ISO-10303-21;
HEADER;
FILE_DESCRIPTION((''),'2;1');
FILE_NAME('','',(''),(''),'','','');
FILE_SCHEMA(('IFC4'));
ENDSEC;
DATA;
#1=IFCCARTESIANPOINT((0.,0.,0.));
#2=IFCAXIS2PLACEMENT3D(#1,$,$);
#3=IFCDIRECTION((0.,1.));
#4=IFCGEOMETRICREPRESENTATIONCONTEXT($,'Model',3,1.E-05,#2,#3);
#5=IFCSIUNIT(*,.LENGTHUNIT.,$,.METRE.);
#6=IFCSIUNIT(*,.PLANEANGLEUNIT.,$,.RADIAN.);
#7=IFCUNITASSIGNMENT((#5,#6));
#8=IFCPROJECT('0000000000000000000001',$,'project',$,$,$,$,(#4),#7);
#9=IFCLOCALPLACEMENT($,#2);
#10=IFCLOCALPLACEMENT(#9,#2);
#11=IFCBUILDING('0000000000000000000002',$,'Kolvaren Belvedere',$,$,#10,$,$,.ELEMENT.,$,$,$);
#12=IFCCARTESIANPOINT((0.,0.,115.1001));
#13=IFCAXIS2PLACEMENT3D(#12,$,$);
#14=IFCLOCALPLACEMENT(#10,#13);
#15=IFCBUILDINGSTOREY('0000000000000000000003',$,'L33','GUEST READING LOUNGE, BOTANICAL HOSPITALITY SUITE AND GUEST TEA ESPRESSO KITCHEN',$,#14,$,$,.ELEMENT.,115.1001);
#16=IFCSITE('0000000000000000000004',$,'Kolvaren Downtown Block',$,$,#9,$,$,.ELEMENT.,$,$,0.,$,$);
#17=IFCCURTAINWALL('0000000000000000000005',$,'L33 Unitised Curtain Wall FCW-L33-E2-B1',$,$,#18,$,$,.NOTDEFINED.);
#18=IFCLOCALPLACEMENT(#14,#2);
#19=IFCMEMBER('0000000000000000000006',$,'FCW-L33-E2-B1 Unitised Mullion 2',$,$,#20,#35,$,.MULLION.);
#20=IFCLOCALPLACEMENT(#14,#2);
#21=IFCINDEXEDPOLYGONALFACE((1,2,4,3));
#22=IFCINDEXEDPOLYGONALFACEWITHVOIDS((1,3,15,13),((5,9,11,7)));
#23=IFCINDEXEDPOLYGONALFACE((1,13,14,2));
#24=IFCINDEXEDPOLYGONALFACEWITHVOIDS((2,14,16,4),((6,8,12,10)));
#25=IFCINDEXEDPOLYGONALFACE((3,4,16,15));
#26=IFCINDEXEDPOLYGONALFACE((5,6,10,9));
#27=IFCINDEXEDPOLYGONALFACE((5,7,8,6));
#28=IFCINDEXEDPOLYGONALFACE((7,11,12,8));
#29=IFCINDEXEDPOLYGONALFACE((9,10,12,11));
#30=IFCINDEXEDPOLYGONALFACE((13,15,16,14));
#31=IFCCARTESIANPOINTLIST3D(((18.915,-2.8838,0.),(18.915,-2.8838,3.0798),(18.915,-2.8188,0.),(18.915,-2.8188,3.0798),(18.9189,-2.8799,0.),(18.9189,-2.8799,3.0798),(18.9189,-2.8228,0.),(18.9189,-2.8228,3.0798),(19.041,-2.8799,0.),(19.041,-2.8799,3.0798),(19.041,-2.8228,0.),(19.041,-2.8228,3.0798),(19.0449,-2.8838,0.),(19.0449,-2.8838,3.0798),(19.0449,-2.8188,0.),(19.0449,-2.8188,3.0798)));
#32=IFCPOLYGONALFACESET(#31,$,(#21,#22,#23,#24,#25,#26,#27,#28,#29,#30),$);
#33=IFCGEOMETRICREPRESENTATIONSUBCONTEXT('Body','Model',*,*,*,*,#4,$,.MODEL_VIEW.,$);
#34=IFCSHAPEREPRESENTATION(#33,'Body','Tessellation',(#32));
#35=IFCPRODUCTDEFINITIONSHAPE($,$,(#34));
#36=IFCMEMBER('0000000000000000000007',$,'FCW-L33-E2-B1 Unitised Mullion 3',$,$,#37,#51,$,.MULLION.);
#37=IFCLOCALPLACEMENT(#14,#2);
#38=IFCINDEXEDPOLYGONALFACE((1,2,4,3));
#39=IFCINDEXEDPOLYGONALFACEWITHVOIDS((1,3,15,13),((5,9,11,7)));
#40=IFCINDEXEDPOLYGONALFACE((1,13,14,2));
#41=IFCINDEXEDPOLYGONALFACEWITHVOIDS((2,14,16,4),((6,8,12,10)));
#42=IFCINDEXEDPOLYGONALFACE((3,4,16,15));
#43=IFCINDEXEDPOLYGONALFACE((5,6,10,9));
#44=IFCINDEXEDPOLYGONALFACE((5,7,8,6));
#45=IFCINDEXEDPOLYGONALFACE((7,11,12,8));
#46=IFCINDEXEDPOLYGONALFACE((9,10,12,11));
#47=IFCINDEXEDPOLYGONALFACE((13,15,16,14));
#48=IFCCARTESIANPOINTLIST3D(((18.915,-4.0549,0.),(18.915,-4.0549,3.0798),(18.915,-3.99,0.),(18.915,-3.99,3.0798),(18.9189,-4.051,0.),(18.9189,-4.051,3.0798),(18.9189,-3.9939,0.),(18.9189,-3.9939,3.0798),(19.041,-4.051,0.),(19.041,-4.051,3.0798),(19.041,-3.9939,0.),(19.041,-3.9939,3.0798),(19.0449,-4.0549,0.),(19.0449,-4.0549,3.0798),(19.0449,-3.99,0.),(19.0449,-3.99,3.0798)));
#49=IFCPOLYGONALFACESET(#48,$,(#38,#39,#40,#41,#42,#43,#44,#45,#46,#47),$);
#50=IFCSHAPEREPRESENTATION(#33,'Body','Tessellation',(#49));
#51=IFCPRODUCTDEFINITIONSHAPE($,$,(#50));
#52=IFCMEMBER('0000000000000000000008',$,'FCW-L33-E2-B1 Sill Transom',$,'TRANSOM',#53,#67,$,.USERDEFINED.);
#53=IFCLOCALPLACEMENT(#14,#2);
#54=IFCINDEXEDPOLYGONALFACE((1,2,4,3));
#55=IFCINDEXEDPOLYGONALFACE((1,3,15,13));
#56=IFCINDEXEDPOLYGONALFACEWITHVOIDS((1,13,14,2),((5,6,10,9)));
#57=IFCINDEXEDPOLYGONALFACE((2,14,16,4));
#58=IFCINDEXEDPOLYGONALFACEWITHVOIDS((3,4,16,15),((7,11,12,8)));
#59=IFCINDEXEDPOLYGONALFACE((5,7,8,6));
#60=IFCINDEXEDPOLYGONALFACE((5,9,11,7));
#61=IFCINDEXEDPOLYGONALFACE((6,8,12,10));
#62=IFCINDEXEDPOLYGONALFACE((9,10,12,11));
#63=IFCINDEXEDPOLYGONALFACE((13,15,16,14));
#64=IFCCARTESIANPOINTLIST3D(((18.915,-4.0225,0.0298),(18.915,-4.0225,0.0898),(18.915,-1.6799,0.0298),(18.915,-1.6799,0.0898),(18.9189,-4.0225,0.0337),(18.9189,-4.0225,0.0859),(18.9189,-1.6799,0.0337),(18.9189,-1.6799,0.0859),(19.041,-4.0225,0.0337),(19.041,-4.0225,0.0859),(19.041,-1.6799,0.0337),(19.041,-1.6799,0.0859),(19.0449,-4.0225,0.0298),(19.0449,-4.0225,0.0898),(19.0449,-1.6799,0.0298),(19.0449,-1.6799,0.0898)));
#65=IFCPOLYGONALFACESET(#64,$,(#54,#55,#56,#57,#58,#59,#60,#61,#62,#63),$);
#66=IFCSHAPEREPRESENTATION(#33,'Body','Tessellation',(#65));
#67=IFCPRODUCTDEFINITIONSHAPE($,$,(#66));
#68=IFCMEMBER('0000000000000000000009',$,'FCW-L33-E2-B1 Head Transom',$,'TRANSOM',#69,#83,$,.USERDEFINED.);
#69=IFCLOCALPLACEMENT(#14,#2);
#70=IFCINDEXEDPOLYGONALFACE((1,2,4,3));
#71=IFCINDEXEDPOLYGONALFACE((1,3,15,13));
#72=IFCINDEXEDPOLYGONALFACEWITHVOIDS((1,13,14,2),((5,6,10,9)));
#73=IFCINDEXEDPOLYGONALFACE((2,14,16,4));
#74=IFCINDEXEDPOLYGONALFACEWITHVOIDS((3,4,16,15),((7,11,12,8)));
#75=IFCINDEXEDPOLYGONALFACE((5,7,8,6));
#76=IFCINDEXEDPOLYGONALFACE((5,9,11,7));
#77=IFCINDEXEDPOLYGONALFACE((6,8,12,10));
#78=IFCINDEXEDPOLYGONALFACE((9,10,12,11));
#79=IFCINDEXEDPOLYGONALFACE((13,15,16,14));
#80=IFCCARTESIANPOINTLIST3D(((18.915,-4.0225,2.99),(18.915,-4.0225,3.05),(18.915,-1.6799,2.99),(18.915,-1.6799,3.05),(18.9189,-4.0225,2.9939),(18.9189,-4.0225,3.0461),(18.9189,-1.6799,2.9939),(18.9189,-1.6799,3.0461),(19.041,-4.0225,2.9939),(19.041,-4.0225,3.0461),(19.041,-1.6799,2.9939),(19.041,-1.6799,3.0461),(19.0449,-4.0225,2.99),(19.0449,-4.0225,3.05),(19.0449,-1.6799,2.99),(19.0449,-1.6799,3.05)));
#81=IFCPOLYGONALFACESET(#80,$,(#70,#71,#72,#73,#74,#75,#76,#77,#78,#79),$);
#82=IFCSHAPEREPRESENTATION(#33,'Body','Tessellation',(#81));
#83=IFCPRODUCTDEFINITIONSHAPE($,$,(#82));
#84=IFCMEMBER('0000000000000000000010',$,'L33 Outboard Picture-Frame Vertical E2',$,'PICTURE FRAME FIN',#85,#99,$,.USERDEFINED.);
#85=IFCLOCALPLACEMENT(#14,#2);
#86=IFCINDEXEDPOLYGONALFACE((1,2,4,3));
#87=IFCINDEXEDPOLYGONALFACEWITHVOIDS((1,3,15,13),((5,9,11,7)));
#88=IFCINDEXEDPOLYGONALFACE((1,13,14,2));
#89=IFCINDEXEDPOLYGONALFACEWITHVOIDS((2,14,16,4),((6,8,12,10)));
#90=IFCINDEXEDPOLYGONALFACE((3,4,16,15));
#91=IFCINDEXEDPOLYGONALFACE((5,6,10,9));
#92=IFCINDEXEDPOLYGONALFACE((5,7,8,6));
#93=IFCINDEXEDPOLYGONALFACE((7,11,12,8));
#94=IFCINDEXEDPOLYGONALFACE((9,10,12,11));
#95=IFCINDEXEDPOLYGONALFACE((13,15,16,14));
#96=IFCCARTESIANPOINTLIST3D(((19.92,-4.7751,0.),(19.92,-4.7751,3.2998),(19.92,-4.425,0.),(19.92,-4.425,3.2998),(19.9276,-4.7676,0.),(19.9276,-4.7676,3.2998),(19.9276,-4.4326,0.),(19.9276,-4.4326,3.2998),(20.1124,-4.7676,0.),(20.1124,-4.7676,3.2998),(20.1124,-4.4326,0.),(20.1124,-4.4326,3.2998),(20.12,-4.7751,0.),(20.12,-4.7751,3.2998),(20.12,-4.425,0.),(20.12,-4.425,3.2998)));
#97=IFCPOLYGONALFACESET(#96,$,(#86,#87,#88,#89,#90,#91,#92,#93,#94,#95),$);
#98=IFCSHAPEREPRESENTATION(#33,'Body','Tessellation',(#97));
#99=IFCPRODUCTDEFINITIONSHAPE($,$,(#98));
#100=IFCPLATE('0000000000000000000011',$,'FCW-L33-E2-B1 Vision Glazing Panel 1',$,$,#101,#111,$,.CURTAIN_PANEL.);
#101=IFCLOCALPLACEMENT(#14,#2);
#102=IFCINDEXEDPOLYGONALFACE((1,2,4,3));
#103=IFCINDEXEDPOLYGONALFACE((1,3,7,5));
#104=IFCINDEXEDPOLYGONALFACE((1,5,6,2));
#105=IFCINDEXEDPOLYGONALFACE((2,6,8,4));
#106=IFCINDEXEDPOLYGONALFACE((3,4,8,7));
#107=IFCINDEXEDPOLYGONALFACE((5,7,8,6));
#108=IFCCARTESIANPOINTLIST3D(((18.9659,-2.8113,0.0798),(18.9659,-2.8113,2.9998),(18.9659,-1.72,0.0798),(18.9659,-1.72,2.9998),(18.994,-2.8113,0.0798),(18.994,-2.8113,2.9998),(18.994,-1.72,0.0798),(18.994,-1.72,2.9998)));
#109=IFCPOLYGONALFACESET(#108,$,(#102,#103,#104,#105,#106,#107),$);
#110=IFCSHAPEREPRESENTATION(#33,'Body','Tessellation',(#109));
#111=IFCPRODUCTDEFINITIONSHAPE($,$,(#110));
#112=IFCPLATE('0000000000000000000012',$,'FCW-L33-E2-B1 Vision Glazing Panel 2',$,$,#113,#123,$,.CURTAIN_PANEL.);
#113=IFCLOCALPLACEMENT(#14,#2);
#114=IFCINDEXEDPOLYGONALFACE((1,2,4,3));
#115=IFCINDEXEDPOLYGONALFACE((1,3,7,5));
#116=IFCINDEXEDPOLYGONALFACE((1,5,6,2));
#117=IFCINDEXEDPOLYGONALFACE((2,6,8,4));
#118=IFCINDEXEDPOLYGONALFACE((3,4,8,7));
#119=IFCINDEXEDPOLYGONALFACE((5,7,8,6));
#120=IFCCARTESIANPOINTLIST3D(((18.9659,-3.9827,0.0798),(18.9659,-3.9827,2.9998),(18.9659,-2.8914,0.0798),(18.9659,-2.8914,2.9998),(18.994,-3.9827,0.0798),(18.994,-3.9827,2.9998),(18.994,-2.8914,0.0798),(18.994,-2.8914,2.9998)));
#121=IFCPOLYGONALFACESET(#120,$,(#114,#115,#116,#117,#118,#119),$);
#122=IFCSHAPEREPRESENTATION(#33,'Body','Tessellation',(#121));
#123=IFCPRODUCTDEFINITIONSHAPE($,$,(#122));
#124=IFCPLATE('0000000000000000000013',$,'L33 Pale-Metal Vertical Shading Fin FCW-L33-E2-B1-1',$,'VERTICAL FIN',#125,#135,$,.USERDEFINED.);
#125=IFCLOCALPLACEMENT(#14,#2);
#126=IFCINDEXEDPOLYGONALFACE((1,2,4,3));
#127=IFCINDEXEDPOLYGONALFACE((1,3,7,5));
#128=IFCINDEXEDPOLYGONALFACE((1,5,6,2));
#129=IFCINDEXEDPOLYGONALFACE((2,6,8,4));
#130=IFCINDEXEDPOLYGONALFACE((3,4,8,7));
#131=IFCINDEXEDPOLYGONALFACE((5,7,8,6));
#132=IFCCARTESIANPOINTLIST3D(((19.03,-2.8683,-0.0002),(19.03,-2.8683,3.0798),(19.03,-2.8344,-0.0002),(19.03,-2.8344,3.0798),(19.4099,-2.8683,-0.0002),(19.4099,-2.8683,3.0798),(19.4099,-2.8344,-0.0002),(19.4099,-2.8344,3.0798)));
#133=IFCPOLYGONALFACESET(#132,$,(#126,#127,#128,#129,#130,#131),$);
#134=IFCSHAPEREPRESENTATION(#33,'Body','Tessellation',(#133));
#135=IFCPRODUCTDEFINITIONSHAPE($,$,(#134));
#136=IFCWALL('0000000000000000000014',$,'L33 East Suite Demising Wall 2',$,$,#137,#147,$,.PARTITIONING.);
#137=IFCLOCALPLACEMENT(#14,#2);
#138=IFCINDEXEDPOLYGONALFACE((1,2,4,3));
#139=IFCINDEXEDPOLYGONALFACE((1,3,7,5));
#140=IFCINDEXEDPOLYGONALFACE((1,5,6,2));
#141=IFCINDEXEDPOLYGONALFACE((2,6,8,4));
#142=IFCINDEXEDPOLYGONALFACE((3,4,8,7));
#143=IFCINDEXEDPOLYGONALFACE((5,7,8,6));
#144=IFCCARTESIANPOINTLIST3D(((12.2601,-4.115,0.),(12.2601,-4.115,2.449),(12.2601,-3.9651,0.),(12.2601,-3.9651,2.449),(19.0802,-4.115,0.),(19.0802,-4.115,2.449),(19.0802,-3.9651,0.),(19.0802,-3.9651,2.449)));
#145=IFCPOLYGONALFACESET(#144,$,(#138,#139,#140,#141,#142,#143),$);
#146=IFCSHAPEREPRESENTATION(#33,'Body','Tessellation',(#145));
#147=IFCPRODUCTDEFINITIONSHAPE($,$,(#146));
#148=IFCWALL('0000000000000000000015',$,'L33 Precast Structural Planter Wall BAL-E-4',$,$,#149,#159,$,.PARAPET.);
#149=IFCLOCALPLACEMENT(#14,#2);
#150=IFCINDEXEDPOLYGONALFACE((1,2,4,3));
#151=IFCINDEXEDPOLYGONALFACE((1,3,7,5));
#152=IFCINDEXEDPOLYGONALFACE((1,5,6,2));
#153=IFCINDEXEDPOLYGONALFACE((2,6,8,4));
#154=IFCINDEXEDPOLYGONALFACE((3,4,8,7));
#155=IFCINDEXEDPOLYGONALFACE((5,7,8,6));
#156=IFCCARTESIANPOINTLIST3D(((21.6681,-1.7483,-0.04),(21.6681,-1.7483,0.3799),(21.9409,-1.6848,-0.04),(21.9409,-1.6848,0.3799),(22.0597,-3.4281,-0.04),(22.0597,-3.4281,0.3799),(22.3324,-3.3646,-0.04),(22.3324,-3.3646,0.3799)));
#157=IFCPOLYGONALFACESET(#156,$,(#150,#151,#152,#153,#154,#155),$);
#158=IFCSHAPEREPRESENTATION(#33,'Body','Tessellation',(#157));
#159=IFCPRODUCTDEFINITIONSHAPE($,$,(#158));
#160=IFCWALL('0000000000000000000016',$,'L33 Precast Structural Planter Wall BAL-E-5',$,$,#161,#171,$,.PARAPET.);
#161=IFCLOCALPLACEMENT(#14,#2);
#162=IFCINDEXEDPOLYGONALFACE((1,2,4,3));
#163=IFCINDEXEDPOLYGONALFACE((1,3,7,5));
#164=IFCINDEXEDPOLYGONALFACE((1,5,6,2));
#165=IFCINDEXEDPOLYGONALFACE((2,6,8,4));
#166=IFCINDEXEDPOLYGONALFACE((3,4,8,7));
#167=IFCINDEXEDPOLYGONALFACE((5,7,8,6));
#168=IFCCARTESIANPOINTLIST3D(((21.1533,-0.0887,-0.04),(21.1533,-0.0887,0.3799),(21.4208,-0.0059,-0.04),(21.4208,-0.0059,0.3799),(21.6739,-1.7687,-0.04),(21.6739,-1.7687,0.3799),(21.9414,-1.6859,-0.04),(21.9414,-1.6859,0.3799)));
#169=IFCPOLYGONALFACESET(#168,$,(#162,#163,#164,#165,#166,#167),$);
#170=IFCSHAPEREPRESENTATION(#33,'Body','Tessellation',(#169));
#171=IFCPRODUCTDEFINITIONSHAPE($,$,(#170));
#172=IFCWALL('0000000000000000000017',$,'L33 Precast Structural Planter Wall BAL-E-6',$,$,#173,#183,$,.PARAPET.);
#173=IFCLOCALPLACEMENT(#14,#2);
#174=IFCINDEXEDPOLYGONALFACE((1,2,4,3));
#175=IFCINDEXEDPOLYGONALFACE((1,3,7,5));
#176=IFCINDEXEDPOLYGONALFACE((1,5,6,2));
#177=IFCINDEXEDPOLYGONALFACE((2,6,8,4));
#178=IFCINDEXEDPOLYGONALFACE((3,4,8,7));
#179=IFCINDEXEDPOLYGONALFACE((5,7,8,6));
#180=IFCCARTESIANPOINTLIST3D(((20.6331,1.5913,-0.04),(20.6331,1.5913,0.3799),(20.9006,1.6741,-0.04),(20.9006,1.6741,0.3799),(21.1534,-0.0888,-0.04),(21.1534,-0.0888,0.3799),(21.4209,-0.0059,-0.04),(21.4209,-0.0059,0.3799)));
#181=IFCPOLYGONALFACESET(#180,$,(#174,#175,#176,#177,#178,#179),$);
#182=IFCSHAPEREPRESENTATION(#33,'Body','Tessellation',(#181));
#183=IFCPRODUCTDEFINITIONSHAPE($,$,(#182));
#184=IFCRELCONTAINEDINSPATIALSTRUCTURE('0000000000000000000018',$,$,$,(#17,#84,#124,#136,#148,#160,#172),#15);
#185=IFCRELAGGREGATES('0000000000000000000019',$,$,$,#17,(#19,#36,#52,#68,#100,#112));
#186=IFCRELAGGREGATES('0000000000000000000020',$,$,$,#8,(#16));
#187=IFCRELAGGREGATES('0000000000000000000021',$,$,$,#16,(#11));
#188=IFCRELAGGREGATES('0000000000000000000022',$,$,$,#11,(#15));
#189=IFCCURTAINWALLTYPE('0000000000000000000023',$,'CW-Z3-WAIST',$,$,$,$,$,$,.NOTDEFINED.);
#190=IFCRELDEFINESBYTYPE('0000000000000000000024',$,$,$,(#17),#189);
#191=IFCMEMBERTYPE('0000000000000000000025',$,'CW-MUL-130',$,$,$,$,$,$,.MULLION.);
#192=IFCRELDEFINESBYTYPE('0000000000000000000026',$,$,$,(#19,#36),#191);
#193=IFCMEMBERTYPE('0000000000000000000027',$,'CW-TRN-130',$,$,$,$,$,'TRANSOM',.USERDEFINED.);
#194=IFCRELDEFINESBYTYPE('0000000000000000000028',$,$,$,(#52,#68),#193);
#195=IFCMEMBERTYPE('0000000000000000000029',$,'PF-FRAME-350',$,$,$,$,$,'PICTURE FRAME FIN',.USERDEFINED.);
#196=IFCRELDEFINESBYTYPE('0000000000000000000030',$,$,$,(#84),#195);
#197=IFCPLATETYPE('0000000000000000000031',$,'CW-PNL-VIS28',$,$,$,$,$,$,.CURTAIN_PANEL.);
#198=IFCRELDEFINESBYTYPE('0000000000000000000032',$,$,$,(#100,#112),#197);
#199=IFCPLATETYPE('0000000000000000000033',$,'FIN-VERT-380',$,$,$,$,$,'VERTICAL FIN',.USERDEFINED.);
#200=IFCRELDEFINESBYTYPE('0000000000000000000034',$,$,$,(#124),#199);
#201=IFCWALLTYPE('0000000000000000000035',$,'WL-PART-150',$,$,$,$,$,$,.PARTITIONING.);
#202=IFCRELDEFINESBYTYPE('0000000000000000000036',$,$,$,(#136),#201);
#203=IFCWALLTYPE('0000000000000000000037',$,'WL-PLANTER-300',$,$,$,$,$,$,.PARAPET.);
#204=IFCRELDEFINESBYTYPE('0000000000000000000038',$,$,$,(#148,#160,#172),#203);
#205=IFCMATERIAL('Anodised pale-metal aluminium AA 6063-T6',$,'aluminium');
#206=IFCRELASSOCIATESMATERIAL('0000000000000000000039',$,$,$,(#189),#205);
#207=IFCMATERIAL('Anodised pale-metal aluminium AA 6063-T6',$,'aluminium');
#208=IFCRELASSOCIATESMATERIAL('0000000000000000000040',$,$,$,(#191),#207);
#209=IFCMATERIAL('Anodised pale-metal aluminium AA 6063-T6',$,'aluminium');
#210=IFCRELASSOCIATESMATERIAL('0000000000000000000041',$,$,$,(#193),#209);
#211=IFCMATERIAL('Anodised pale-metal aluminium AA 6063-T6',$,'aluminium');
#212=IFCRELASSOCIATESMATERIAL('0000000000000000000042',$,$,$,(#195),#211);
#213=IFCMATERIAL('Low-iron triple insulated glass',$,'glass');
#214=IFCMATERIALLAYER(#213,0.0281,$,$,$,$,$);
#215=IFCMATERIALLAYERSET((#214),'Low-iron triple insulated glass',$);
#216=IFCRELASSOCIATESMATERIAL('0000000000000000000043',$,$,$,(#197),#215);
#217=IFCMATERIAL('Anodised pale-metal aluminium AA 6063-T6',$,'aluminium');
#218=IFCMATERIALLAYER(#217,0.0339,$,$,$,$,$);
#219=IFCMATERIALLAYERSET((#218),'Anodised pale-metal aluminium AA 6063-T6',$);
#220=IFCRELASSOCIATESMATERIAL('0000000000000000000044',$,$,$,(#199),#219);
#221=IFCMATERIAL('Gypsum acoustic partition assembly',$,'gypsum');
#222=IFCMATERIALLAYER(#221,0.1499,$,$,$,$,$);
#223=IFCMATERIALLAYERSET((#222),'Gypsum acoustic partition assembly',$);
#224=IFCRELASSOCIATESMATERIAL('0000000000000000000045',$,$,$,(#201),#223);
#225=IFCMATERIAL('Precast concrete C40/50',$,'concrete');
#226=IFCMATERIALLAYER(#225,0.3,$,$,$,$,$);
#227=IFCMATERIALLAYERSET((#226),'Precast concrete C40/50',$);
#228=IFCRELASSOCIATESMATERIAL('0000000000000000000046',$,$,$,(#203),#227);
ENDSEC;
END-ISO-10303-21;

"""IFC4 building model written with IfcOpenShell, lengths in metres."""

from ifc_helpers import new_model, si_unit, direction, frame, frame_2d, origin, origin_2d, place, context, subcontext, project, spatial, rectangle, hollow_rectangle, extrude, material, layer, layer_set, material_profile, profile_set, type_object, element, aggregate, save


model = new_model("IFC4")

# Units and contexts
model_context = context("Model", 3, precision=1e-05, world=origin(), true_north=direction((0.0, 1.0)))
body_context = subcontext(model_context, "Body", "Model", "MODEL_VIEW")
ifc_project = project(units=[si_unit("LENGTHUNIT", "METRE"), si_unit("PLANEANGLEUNIT", "RADIAN")], contexts=[model_context])

# Site, building, storey
site_placement = place(None, origin())
site = spatial("IfcSite", under=ifc_project, at=site_placement, Name="Kolvaren Downtown Block", CompositionType="ELEMENT", RefElevation=0.0)
building_placement = place(site_placement, origin())
building = spatial("IfcBuilding", under=site, at=building_placement, Name="Kolvaren Belvedere", CompositionType="ELEMENT")
storey_placement = place(building_placement, frame((0.0, 0.0, 115.1001)))
storey = spatial("IfcBuildingStorey", under=building, at=storey_placement, Name="L33", Description="GUEST READING LOUNGE, BOTANICAL HOSPITALITY SUITE AND GUEST TEA ESPRESSO KITCHEN", CompositionType="ELEMENT", Elevation=115.1001)

# Curtain wall, members
ifc_material_1 = material(Name="Anodised pale-metal aluminium AA 6063-T6", Category="aluminium")
curtain_wall_type = type_object("IfcCurtainWallType", Name="CW-Z3-WAIST", PredefinedType="NOTDEFINED", material=ifc_material_1)
curtain_wall_placement = place(storey_placement, origin())
curtain_wall = element("IfcCurtainWall", 1, at=curtain_wall_placement, inside=storey, type_object=curtain_wall_type, Name="L33 Unitised Curtain Wall FCW-L33-E2-B1", PredefinedType="NOTDEFINED")
ifc_material_2 = material(Name="Anodised pale-metal aluminium AA 6063-T6", Category="aluminium")
ifc_material_profile_1 = material_profile(ifc_material_2, hollow_rectangle(XDim=0.0649, YDim=0.1299, WallThickness=0.0039, at=origin_2d()), Name="ALU-MUL-130X65")
ifc_profile_set_1 = profile_set([ifc_material_profile_1], Name="Anodised pale-metal aluminium AA 6063-T6")
member_type_1 = type_object("IfcMemberType", Name="CW-MUL-130", PredefinedType="MULLION", material=ifc_profile_set_1)
member_1_placement = place(storey_placement, frame((18.98, -2.8513, 0.0), z_axis=(0.0, 0.0, 1.0), x_axis=(0.0, 1.0, 0.0)))
member_1 = element("IfcMember", 2, at=member_1_placement, type_object=member_type_1, Name="FCW-L33-E2-B1 Unitised Mullion 2", PredefinedType="MULLION", context=body_context, shape_type="SweptSolid", body=[
    extrude(hollow_rectangle(XDim=0.0649, YDim=0.1299, WallThickness=0.0039, at=origin_2d()), origin(), (0.0, 0.0, 1.0), 3.0798),
])
member_2_placement = place(storey_placement, frame((18.98, -4.0225, 0.0), z_axis=(0.0, 0.0, 1.0), x_axis=(0.0, 1.0, 0.0)))
member_2 = element("IfcMember", 3, at=member_2_placement, type_object=member_type_1, Name="FCW-L33-E2-B1 Unitised Mullion 3", PredefinedType="MULLION", context=body_context, shape_type="SweptSolid", body=[
    extrude(hollow_rectangle(XDim=0.0649, YDim=0.1299, WallThickness=0.0039, at=origin_2d()), origin(), (0.0, 0.0, 1.0), 3.0798),
])
ifc_material_3 = material(Name="Anodised pale-metal aluminium AA 6063-T6", Category="aluminium")
ifc_material_profile_2 = material_profile(ifc_material_3, hollow_rectangle(XDim=0.0601, YDim=0.1299, WallThickness=0.0039, at=origin_2d()), Name="ALU-TRN-130X60")
ifc_profile_set_2 = profile_set([ifc_material_profile_2], Name="Anodised pale-metal aluminium AA 6063-T6")
member_type_2 = type_object("IfcMemberType", Name="CW-TRN-130", ElementType="TRANSOM", PredefinedType="USERDEFINED", material=ifc_profile_set_2)
member_3_placement = place(storey_placement, frame((18.98, -1.6799, 0.0598), z_axis=(0.0, -1.0, 0.0), x_axis=(0.0, 0.0, 1.0)))
member_3 = element("IfcMember", 4, at=member_3_placement, type_object=member_type_2, Name="FCW-L33-E2-B1 Sill Transom", ObjectType="TRANSOM", PredefinedType="USERDEFINED", context=body_context, shape_type="SweptSolid", body=[
    extrude(hollow_rectangle(XDim=0.0601, YDim=0.1299, WallThickness=0.0039, at=origin_2d()), origin(), (0.0, 0.0, 1.0), 2.3425),
])
member_4_placement = place(storey_placement, frame((18.98, -1.6799, 3.02), z_axis=(0.0, -1.0, 0.0), x_axis=(0.0, 0.0, 1.0)))
member_4 = element("IfcMember", 5, at=member_4_placement, type_object=member_type_2, Name="FCW-L33-E2-B1 Head Transom", ObjectType="TRANSOM", PredefinedType="USERDEFINED", context=body_context, shape_type="SweptSolid", body=[
    extrude(hollow_rectangle(XDim=0.0601, YDim=0.1299, WallThickness=0.0039, at=origin_2d()), origin(), (0.0, 0.0, 1.0), 2.3425),
])

# Member
ifc_material_4 = material(Name="Anodised pale-metal aluminium AA 6063-T6", Category="aluminium")
ifc_material_profile_3 = material_profile(ifc_material_4, hollow_rectangle(XDim=0.2, YDim=0.3501, WallThickness=0.0076, at=origin_2d()), Name="ALU-PF-350X200")
ifc_profile_set_3 = profile_set([ifc_material_profile_3], Name="Anodised pale-metal aluminium AA 6063-T6")
member_type_3 = type_object("IfcMemberType", Name="PF-FRAME-350", ElementType="PICTURE FRAME FIN", PredefinedType="USERDEFINED", material=ifc_profile_set_3)
member_5_placement = place(storey_placement, frame((20.02, -4.6001, 0.0), z_axis=(0.0, 0.0, 1.0), x_axis=(1.0, 0.0, 0.0)))
element("IfcMember", 6, at=member_5_placement, inside=storey, type_object=member_type_3, Name="L33 Outboard Picture-Frame Vertical E2", ObjectType="PICTURE FRAME FIN", PredefinedType="USERDEFINED", context=body_context, shape_type="SweptSolid", body=[
    extrude(hollow_rectangle(XDim=0.2, YDim=0.3501, WallThickness=0.0076, at=origin_2d()), origin(), (0.0, 0.0, 1.0), 3.2998),
])

# Plates
ifc_material_5 = material(Name="Low-iron triple insulated glass", Category="glass")
ifc_layer_1 = layer(ifc_material_5, 0.0281)
ifc_layer_set_1 = layer_set([ifc_layer_1], Name="Low-iron triple insulated glass")
plate_type_1 = type_object("IfcPlateType", Name="CW-PNL-VIS28", PredefinedType="CURTAIN_PANEL", material=ifc_layer_set_1)
plate_1_placement = place(storey_placement, frame((18.98, -2.2656, 0.0798), z_axis=(0.0, 0.0, 1.0), x_axis=(0.0, -1.0, 0.0)))
plate_1 = element("IfcPlate", 7, at=plate_1_placement, type_object=plate_type_1, Name="FCW-L33-E2-B1 Vision Glazing Panel 1", PredefinedType="CURTAIN_PANEL", context=body_context, shape_type="SweptSolid", body=[
    extrude(rectangle(XDim=1.0913, YDim=0.0281, at=origin_2d()), origin(), (0.0, 0.0, 1.0), 2.9199),
])
plate_2_placement = place(storey_placement, frame((18.98, -3.437, 0.0798), z_axis=(0.0, 0.0, 1.0), x_axis=(0.0, -1.0, 0.0)))
plate_2 = element("IfcPlate", 8, at=plate_2_placement, type_object=plate_type_1, Name="FCW-L33-E2-B1 Vision Glazing Panel 2", PredefinedType="CURTAIN_PANEL", context=body_context, shape_type="SweptSolid", body=[
    extrude(rectangle(XDim=1.0913, YDim=0.0281, at=origin_2d()), origin(), (0.0, 0.0, 1.0), 2.9199),
])
aggregate(curtain_wall, [member_1, member_2, member_3, member_4, plate_1, plate_2])
ifc_material_6 = material(Name="Anodised pale-metal aluminium AA 6063-T6", Category="aluminium")
ifc_layer_2 = layer(ifc_material_6, 0.0339)
ifc_layer_set_2 = layer_set([ifc_layer_2], Name="Anodised pale-metal aluminium AA 6063-T6")
plate_type_2 = type_object("IfcPlateType", Name="FIN-VERT-380", ElementType="VERTICAL FIN", PredefinedType="USERDEFINED", material=ifc_layer_set_2)
plate_3_placement = place(storey_placement, frame((19.22, -2.8513, -0.0002), z_axis=(0.0, 0.0, 1.0), x_axis=(1.0, 0.0, 0.0)))
element("IfcPlate", 9, at=plate_3_placement, inside=storey, type_object=plate_type_2, Name="L33 Pale-Metal Vertical Shading Fin FCW-L33-E2-B1-1", ObjectType="VERTICAL FIN", PredefinedType="USERDEFINED", context=body_context, shape_type="SweptSolid", body=[
    extrude(rectangle(XDim=0.3799, YDim=0.0339, at=origin_2d()), origin(), (0.0, 0.0, 1.0), 3.0801),
])

# Walls
ifc_material_7 = material(Name="Gypsum acoustic partition assembly", Category="gypsum")
ifc_layer_3 = layer(ifc_material_7, 0.1499)
ifc_layer_set_3 = layer_set([ifc_layer_3], Name="Gypsum acoustic partition assembly")
wall_type_1 = type_object("IfcWallType", Name="WL-PART-150", PredefinedType="PARTITIONING", material=ifc_layer_set_3)
wall_1_placement = place(storey_placement, frame((12.26, -4.04, 0.0), z_axis=(0.0, 0.0, 1.0), x_axis=(1.0, 0.0, 0.0)))
element("IfcWall", 10, at=wall_1_placement, inside=storey, type_object=wall_type_1, Name="L33 East Suite Demising Wall 2", PredefinedType="PARTITIONING", context=body_context, shape_type="SweptSolid", body=[
    extrude(rectangle(XDim=6.8201, YDim=0.1499, at=frame_2d((3.4102, 0.0))), origin(), (0.0, 0.0, 1.0), 2.449),
])
ifc_material_8 = material(Name="Precast concrete C40/50", Category="concrete")
ifc_layer_4 = layer(ifc_material_8, 0.3)
ifc_layer_set_4 = layer_set([ifc_layer_4], Name="Precast concrete C40/50")
wall_type_2 = type_object("IfcWallType", Name="WL-PLANTER-300", PredefinedType="PARAPET", material=ifc_layer_set_4)
wall_2_placement = place(storey_placement, frame((22.196, -3.3962, -0.04), z_axis=(0.0, 0.0, 1.0), x_axis=(-0.227019, 0.97389, 0.0)))
element("IfcWall", 11, at=wall_2_placement, inside=storey, type_object=wall_type_2, Name="L33 Precast Structural Planter Wall BAL-E-4", PredefinedType="PARAPET", context=body_context, shape_type="SweptSolid", body=[
    extrude(rectangle(XDim=1.7249, YDim=0.28, at=frame_2d((0.8623, 0.0))), origin(), (0.0, 0.0, 1.0), 0.4199),
])
for number, where, z_axis, x_axis, name in (
    (12, (21.8076, -1.7273, -0.04), (0.0, 0.0, 1.0), (-0.295958, 0.955201, 0.0), "L33 Precast Structural Planter Wall BAL-E-5"),
    (13, (21.2871, -0.0474, -0.04), (0.0, 0.0, 1.0), (-0.295792, 0.955252, 0.0), "L33 Precast Structural Planter Wall BAL-E-6"),
):
    element("IfcWall", number, at=place(storey_placement, frame(where, z_axis=z_axis, x_axis=x_axis)), inside=storey, type_object=wall_type_2, Name=name, PredefinedType="PARAPET", context=body_context, shape_type="SweptSolid", body=[
        extrude(rectangle(XDim=1.7588, YDim=0.28, at=frame_2d((0.8794, 0.0))), origin(), (0.0, 0.0, 1.0), 0.4199),
    ])

save(model, "model.ifc")
